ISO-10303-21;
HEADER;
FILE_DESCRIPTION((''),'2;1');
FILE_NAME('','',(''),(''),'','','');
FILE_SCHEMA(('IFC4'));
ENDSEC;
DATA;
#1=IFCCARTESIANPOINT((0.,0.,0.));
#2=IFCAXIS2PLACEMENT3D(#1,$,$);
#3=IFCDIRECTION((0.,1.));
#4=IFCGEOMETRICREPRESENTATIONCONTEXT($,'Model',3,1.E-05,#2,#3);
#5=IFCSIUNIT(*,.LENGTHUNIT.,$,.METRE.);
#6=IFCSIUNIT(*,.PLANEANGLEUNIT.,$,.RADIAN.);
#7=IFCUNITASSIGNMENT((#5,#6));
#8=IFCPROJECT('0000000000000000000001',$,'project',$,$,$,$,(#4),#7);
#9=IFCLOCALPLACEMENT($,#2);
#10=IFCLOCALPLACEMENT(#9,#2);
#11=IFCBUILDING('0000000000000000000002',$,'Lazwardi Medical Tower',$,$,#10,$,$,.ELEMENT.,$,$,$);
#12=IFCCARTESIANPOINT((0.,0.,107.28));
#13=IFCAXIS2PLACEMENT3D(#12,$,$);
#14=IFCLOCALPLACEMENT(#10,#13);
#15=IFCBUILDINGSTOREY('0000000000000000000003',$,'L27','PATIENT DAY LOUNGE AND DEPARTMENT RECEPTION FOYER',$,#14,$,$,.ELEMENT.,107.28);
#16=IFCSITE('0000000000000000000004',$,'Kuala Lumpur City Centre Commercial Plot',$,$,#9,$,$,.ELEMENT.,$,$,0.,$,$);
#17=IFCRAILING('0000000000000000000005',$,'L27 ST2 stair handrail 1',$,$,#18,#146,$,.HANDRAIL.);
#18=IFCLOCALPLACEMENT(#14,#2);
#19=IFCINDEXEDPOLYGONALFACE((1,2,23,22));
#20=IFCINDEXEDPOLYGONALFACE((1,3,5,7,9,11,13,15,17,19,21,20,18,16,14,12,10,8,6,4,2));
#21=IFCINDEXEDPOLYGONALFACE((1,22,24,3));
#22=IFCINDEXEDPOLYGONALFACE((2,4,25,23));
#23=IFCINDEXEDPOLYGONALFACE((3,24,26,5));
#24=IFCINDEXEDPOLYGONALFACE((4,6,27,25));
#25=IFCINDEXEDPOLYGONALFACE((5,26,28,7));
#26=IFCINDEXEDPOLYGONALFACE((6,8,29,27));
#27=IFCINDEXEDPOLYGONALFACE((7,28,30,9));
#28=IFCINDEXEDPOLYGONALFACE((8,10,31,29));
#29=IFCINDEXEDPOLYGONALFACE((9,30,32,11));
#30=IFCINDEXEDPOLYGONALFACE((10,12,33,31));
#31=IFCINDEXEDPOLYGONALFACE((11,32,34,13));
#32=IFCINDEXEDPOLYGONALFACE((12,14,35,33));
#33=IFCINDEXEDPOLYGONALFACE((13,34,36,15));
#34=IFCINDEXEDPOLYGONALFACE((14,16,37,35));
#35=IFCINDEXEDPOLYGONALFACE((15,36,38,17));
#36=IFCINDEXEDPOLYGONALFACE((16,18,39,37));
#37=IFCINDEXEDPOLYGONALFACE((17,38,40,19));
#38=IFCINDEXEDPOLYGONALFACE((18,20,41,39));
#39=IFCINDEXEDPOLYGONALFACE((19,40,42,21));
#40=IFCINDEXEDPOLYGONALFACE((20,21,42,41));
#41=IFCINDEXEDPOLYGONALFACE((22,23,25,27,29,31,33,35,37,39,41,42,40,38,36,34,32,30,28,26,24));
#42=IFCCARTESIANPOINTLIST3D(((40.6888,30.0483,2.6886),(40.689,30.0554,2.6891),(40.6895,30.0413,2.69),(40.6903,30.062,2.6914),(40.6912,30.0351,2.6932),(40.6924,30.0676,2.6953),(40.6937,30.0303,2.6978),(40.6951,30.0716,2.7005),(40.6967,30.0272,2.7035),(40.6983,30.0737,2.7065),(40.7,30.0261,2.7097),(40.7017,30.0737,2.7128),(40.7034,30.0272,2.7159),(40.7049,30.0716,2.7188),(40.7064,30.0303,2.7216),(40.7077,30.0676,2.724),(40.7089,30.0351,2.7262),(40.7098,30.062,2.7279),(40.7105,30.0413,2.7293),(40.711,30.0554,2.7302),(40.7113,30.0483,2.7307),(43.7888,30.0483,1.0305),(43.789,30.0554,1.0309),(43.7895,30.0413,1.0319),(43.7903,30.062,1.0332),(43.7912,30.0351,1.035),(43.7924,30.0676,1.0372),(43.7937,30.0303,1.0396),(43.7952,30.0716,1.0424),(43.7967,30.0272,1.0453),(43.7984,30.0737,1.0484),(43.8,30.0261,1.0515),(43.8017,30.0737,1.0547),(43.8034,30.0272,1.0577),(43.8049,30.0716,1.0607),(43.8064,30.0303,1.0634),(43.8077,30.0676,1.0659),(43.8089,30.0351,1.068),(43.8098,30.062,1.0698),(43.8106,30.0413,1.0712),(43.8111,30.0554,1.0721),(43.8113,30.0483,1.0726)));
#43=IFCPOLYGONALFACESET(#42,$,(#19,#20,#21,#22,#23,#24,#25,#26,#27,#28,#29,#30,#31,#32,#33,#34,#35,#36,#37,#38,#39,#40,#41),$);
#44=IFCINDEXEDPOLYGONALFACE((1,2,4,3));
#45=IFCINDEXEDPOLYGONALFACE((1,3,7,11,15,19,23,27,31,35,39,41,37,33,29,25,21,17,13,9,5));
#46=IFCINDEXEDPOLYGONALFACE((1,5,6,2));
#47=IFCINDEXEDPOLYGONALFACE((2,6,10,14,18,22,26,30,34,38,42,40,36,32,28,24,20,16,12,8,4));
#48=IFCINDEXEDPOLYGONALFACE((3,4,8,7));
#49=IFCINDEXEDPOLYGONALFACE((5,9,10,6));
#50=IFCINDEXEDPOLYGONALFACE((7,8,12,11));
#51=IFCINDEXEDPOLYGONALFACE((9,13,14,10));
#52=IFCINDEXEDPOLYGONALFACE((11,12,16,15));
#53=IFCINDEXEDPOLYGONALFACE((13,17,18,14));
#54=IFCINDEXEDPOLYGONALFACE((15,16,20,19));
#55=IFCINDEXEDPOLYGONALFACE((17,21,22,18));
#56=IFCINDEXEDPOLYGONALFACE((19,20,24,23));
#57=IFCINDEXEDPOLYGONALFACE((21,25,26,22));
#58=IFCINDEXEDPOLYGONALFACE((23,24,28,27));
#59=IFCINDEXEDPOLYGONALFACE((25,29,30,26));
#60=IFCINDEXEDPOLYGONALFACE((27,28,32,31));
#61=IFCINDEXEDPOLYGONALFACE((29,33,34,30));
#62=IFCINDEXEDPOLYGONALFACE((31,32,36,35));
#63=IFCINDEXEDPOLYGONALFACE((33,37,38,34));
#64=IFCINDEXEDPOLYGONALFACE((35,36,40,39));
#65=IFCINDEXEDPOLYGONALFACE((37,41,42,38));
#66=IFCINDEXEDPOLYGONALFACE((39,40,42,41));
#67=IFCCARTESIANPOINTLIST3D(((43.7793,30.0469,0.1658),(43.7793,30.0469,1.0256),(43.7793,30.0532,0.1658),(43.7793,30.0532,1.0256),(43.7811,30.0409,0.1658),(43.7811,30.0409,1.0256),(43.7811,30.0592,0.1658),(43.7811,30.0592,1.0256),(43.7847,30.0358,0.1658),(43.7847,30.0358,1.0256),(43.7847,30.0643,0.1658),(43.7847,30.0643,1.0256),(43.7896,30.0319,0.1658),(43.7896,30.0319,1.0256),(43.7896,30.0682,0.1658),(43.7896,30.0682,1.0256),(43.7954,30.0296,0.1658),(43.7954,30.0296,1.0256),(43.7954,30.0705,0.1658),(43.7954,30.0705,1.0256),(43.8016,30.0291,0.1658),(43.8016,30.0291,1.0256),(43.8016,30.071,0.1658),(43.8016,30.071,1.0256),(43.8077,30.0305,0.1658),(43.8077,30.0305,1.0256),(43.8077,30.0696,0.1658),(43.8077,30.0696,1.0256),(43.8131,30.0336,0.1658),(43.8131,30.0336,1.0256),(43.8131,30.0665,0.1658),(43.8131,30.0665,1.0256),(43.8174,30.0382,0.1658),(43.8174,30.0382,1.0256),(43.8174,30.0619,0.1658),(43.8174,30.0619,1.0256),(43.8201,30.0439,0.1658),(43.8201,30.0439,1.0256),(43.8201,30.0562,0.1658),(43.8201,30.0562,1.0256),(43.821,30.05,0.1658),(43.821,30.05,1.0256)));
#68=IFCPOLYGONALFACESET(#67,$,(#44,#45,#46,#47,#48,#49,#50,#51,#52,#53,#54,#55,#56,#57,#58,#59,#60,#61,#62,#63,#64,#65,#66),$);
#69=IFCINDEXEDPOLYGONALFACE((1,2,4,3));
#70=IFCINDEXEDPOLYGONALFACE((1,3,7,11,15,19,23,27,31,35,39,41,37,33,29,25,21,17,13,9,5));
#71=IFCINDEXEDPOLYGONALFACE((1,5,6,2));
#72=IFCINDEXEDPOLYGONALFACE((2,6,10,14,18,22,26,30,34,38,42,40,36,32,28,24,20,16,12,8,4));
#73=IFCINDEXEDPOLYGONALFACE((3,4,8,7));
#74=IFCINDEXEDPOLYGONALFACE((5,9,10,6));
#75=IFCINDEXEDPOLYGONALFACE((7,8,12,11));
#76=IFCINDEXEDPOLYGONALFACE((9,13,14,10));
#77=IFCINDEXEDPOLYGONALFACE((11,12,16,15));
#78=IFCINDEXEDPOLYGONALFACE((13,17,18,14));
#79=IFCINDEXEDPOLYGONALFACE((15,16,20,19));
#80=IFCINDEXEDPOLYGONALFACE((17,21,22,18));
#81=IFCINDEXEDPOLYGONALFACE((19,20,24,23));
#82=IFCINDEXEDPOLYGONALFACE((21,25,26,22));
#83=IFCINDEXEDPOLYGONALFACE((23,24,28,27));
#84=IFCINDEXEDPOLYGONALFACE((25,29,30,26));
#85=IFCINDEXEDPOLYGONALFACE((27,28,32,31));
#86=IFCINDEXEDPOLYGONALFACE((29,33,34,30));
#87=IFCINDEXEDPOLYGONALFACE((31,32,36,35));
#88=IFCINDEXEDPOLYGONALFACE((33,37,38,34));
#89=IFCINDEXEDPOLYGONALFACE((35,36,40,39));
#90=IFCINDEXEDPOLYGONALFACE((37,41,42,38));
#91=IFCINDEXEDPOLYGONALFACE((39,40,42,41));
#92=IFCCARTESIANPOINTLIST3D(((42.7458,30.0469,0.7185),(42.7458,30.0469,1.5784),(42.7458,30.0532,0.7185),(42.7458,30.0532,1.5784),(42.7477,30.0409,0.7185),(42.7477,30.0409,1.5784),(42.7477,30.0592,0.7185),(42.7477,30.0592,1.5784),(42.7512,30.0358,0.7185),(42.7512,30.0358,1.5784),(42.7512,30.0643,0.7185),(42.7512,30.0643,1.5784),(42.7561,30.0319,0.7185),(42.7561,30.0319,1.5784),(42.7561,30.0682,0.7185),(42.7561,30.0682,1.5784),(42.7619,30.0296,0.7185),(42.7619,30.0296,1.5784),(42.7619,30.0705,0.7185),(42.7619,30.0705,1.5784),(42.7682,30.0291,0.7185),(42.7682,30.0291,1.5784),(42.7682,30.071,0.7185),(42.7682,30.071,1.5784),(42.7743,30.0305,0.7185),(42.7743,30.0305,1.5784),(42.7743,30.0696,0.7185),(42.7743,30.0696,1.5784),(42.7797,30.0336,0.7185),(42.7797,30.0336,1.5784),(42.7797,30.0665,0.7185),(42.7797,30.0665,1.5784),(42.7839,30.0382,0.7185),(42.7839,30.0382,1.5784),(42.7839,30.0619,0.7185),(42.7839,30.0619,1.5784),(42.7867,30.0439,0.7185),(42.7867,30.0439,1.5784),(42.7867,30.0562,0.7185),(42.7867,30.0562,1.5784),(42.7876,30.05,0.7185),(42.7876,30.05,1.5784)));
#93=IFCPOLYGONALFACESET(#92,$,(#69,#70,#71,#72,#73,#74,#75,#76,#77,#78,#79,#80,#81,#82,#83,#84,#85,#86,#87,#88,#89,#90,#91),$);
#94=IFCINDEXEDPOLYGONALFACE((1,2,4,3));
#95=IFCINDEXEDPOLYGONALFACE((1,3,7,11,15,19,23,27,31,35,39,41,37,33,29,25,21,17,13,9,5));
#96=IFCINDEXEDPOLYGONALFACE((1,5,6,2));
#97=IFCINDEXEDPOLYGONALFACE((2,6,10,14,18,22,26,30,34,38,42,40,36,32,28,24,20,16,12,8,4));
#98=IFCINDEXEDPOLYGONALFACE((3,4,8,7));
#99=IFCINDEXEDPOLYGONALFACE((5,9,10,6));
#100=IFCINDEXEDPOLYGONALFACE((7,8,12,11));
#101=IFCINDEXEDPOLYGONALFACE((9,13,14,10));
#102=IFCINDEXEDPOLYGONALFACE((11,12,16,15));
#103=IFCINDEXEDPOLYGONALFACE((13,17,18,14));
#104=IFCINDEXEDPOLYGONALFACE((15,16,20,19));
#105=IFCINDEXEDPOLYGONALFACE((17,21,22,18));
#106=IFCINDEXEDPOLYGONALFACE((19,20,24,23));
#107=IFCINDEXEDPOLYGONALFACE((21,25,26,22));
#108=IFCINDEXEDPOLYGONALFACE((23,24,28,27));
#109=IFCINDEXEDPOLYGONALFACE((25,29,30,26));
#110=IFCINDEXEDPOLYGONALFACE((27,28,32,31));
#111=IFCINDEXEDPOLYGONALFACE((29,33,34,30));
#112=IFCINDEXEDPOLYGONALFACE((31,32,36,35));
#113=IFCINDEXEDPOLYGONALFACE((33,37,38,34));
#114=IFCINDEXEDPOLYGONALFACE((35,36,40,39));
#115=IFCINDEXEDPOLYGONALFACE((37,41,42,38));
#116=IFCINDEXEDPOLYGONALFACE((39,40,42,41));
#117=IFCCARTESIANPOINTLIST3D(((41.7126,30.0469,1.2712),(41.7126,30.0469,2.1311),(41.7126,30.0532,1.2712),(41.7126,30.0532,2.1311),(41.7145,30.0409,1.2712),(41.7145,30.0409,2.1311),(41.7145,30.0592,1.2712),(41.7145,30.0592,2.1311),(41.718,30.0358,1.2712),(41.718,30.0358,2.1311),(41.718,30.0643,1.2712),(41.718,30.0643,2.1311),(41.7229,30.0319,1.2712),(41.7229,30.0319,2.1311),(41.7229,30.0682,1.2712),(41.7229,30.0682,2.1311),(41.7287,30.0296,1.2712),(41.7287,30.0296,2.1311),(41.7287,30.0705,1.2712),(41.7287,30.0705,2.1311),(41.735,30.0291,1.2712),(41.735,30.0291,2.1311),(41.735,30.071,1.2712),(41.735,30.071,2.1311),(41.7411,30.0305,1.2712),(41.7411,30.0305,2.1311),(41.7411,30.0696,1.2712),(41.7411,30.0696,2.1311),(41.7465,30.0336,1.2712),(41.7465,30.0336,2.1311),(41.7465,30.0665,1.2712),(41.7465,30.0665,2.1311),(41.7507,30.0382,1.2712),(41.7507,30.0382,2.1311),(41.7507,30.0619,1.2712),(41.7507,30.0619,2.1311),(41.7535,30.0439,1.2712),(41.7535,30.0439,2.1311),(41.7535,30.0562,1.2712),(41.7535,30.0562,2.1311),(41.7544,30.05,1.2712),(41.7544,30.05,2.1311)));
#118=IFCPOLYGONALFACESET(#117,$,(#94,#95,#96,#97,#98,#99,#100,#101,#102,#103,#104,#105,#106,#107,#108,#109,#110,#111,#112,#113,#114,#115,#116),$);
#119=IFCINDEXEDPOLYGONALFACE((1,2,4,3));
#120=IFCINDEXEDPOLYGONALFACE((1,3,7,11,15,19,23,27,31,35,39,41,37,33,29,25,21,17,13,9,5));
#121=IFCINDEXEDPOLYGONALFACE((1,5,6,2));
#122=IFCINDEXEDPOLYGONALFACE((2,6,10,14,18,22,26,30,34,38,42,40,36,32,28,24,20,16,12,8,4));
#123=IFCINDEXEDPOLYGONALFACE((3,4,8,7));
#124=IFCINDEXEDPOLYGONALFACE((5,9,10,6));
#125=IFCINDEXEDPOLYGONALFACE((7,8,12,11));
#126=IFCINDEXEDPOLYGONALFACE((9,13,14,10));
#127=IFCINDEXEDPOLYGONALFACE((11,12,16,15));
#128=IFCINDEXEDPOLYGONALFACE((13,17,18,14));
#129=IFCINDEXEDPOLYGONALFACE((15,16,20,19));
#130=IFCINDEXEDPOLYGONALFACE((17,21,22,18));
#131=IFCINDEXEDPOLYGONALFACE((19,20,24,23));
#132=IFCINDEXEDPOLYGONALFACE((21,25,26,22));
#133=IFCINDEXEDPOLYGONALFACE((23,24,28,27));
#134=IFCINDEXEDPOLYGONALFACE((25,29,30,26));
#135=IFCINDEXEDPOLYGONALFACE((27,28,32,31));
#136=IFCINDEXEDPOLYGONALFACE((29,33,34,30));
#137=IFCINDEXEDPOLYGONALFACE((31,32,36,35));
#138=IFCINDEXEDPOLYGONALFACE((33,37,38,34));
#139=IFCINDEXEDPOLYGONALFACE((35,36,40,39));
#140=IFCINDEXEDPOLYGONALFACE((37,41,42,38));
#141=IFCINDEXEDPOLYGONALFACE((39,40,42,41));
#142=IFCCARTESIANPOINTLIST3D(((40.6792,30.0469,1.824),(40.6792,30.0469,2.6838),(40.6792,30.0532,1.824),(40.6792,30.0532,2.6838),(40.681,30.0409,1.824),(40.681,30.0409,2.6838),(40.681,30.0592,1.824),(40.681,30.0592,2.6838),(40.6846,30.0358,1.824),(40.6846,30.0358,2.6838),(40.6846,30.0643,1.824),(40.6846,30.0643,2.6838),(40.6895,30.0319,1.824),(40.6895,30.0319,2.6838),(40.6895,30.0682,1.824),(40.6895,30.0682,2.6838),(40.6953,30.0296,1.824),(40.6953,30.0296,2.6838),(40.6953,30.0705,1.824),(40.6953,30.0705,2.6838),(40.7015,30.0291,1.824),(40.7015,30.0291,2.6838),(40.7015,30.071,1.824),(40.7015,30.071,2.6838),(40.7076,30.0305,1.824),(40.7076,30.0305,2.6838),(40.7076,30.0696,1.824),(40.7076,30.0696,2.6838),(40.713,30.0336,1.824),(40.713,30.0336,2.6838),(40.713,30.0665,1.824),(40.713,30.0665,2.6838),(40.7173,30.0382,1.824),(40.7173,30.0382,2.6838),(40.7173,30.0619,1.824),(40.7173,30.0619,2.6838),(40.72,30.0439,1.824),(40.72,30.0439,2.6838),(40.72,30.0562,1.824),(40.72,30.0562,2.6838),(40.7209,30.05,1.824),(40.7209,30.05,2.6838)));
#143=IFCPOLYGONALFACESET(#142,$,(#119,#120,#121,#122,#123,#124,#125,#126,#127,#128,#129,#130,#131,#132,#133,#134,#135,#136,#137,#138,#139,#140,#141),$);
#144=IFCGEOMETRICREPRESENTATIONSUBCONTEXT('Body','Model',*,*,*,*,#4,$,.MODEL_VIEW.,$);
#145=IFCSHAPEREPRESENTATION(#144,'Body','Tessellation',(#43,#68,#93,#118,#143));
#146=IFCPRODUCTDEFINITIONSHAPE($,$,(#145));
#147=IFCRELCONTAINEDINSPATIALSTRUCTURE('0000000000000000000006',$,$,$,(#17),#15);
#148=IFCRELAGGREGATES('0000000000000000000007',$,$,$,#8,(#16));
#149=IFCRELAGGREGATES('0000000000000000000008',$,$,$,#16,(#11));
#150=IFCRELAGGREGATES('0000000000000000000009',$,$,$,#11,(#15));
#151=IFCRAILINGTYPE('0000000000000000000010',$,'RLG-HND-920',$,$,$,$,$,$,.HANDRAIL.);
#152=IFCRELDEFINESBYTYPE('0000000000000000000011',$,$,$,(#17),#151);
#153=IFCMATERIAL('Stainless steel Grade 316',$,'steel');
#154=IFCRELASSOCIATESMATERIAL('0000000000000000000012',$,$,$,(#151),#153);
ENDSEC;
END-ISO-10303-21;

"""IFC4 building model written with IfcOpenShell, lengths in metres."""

from ifc_helpers import new_model, si_unit, direction, frame, origin, origin_2d, place, context, subcontext, project, spatial, circle, extrude, material, type_object, element, save


model = new_model("IFC4")

# Units and contexts
model_context = context("Model", 3, precision=1e-05, world=origin(), true_north=direction((0.0, 1.0)))
body_context = subcontext(model_context, "Body", "Model", "MODEL_VIEW")
ifc_project = project(units=[si_unit("LENGTHUNIT", "METRE"), si_unit("PLANEANGLEUNIT", "RADIAN")], contexts=[model_context])

# Site, building, storey
site_placement = place(None, origin())
site = spatial("IfcSite", under=ifc_project, at=site_placement, Name="Kuala Lumpur City Centre Commercial Plot", CompositionType="ELEMENT", RefElevation=0.0)
building_placement = place(site_placement, origin())
building = spatial("IfcBuilding", under=site, at=building_placement, Name="Lazwardi Medical Tower", CompositionType="ELEMENT")
storey_placement = place(building_placement, frame((0.0, 0.0, 107.28)))
storey = spatial("IfcBuildingStorey", under=building, at=storey_placement, Name="L27", Description="PATIENT DAY LOUNGE AND DEPARTMENT RECEPTION FOYER", CompositionType="ELEMENT", Elevation=107.28)

# Railing
ifc_material_1 = material(Name="Stainless steel Grade 316", Category="steel")
railing_type_1 = type_object("IfcRailingType", Name="RLG-HND-920", PredefinedType="HANDRAIL", material=ifc_material_1)
railing_1_placement = place(storey_placement, frame((43.8, 30.05, 0.1658)))
element("IfcRailing", 1, at=railing_1_placement, inside=storey, type_object=railing_type_1, Name="L27 ST2 stair handrail 1", PredefinedType="HANDRAIL", context=body_context, shape_type="SweptSolid", body=[
    extrude(circle(Radius=0.0239, at=origin_2d()), frame((0.0, 0.0, 0.8857), z_axis=(-0.881783, 0.0, 0.471655), x_axis=(0.0, -1.0, 0.0)), (0.0, 0.0, 1.0), 3.5156),
    extrude(circle(Radius=0.021, at=origin_2d()), origin(), (0.0, 0.0, 1.0), 0.8599),
    extrude(circle(Radius=0.021, at=origin_2d()), frame((-1.0334, 0.0, 0.5527)), (0.0, 0.0, 1.0), 0.8599),
    extrude(circle(Radius=0.021, at=origin_2d()), frame((-2.0667, 0.0, 1.1055)), (0.0, 0.0, 1.0), 0.8599),
    extrude(circle(Radius=0.021, at=origin_2d()), frame((-3.1001, 0.0, 1.6582)), (0.0, 0.0, 1.0), 0.8599),
])

save(model, "model.ifc")
